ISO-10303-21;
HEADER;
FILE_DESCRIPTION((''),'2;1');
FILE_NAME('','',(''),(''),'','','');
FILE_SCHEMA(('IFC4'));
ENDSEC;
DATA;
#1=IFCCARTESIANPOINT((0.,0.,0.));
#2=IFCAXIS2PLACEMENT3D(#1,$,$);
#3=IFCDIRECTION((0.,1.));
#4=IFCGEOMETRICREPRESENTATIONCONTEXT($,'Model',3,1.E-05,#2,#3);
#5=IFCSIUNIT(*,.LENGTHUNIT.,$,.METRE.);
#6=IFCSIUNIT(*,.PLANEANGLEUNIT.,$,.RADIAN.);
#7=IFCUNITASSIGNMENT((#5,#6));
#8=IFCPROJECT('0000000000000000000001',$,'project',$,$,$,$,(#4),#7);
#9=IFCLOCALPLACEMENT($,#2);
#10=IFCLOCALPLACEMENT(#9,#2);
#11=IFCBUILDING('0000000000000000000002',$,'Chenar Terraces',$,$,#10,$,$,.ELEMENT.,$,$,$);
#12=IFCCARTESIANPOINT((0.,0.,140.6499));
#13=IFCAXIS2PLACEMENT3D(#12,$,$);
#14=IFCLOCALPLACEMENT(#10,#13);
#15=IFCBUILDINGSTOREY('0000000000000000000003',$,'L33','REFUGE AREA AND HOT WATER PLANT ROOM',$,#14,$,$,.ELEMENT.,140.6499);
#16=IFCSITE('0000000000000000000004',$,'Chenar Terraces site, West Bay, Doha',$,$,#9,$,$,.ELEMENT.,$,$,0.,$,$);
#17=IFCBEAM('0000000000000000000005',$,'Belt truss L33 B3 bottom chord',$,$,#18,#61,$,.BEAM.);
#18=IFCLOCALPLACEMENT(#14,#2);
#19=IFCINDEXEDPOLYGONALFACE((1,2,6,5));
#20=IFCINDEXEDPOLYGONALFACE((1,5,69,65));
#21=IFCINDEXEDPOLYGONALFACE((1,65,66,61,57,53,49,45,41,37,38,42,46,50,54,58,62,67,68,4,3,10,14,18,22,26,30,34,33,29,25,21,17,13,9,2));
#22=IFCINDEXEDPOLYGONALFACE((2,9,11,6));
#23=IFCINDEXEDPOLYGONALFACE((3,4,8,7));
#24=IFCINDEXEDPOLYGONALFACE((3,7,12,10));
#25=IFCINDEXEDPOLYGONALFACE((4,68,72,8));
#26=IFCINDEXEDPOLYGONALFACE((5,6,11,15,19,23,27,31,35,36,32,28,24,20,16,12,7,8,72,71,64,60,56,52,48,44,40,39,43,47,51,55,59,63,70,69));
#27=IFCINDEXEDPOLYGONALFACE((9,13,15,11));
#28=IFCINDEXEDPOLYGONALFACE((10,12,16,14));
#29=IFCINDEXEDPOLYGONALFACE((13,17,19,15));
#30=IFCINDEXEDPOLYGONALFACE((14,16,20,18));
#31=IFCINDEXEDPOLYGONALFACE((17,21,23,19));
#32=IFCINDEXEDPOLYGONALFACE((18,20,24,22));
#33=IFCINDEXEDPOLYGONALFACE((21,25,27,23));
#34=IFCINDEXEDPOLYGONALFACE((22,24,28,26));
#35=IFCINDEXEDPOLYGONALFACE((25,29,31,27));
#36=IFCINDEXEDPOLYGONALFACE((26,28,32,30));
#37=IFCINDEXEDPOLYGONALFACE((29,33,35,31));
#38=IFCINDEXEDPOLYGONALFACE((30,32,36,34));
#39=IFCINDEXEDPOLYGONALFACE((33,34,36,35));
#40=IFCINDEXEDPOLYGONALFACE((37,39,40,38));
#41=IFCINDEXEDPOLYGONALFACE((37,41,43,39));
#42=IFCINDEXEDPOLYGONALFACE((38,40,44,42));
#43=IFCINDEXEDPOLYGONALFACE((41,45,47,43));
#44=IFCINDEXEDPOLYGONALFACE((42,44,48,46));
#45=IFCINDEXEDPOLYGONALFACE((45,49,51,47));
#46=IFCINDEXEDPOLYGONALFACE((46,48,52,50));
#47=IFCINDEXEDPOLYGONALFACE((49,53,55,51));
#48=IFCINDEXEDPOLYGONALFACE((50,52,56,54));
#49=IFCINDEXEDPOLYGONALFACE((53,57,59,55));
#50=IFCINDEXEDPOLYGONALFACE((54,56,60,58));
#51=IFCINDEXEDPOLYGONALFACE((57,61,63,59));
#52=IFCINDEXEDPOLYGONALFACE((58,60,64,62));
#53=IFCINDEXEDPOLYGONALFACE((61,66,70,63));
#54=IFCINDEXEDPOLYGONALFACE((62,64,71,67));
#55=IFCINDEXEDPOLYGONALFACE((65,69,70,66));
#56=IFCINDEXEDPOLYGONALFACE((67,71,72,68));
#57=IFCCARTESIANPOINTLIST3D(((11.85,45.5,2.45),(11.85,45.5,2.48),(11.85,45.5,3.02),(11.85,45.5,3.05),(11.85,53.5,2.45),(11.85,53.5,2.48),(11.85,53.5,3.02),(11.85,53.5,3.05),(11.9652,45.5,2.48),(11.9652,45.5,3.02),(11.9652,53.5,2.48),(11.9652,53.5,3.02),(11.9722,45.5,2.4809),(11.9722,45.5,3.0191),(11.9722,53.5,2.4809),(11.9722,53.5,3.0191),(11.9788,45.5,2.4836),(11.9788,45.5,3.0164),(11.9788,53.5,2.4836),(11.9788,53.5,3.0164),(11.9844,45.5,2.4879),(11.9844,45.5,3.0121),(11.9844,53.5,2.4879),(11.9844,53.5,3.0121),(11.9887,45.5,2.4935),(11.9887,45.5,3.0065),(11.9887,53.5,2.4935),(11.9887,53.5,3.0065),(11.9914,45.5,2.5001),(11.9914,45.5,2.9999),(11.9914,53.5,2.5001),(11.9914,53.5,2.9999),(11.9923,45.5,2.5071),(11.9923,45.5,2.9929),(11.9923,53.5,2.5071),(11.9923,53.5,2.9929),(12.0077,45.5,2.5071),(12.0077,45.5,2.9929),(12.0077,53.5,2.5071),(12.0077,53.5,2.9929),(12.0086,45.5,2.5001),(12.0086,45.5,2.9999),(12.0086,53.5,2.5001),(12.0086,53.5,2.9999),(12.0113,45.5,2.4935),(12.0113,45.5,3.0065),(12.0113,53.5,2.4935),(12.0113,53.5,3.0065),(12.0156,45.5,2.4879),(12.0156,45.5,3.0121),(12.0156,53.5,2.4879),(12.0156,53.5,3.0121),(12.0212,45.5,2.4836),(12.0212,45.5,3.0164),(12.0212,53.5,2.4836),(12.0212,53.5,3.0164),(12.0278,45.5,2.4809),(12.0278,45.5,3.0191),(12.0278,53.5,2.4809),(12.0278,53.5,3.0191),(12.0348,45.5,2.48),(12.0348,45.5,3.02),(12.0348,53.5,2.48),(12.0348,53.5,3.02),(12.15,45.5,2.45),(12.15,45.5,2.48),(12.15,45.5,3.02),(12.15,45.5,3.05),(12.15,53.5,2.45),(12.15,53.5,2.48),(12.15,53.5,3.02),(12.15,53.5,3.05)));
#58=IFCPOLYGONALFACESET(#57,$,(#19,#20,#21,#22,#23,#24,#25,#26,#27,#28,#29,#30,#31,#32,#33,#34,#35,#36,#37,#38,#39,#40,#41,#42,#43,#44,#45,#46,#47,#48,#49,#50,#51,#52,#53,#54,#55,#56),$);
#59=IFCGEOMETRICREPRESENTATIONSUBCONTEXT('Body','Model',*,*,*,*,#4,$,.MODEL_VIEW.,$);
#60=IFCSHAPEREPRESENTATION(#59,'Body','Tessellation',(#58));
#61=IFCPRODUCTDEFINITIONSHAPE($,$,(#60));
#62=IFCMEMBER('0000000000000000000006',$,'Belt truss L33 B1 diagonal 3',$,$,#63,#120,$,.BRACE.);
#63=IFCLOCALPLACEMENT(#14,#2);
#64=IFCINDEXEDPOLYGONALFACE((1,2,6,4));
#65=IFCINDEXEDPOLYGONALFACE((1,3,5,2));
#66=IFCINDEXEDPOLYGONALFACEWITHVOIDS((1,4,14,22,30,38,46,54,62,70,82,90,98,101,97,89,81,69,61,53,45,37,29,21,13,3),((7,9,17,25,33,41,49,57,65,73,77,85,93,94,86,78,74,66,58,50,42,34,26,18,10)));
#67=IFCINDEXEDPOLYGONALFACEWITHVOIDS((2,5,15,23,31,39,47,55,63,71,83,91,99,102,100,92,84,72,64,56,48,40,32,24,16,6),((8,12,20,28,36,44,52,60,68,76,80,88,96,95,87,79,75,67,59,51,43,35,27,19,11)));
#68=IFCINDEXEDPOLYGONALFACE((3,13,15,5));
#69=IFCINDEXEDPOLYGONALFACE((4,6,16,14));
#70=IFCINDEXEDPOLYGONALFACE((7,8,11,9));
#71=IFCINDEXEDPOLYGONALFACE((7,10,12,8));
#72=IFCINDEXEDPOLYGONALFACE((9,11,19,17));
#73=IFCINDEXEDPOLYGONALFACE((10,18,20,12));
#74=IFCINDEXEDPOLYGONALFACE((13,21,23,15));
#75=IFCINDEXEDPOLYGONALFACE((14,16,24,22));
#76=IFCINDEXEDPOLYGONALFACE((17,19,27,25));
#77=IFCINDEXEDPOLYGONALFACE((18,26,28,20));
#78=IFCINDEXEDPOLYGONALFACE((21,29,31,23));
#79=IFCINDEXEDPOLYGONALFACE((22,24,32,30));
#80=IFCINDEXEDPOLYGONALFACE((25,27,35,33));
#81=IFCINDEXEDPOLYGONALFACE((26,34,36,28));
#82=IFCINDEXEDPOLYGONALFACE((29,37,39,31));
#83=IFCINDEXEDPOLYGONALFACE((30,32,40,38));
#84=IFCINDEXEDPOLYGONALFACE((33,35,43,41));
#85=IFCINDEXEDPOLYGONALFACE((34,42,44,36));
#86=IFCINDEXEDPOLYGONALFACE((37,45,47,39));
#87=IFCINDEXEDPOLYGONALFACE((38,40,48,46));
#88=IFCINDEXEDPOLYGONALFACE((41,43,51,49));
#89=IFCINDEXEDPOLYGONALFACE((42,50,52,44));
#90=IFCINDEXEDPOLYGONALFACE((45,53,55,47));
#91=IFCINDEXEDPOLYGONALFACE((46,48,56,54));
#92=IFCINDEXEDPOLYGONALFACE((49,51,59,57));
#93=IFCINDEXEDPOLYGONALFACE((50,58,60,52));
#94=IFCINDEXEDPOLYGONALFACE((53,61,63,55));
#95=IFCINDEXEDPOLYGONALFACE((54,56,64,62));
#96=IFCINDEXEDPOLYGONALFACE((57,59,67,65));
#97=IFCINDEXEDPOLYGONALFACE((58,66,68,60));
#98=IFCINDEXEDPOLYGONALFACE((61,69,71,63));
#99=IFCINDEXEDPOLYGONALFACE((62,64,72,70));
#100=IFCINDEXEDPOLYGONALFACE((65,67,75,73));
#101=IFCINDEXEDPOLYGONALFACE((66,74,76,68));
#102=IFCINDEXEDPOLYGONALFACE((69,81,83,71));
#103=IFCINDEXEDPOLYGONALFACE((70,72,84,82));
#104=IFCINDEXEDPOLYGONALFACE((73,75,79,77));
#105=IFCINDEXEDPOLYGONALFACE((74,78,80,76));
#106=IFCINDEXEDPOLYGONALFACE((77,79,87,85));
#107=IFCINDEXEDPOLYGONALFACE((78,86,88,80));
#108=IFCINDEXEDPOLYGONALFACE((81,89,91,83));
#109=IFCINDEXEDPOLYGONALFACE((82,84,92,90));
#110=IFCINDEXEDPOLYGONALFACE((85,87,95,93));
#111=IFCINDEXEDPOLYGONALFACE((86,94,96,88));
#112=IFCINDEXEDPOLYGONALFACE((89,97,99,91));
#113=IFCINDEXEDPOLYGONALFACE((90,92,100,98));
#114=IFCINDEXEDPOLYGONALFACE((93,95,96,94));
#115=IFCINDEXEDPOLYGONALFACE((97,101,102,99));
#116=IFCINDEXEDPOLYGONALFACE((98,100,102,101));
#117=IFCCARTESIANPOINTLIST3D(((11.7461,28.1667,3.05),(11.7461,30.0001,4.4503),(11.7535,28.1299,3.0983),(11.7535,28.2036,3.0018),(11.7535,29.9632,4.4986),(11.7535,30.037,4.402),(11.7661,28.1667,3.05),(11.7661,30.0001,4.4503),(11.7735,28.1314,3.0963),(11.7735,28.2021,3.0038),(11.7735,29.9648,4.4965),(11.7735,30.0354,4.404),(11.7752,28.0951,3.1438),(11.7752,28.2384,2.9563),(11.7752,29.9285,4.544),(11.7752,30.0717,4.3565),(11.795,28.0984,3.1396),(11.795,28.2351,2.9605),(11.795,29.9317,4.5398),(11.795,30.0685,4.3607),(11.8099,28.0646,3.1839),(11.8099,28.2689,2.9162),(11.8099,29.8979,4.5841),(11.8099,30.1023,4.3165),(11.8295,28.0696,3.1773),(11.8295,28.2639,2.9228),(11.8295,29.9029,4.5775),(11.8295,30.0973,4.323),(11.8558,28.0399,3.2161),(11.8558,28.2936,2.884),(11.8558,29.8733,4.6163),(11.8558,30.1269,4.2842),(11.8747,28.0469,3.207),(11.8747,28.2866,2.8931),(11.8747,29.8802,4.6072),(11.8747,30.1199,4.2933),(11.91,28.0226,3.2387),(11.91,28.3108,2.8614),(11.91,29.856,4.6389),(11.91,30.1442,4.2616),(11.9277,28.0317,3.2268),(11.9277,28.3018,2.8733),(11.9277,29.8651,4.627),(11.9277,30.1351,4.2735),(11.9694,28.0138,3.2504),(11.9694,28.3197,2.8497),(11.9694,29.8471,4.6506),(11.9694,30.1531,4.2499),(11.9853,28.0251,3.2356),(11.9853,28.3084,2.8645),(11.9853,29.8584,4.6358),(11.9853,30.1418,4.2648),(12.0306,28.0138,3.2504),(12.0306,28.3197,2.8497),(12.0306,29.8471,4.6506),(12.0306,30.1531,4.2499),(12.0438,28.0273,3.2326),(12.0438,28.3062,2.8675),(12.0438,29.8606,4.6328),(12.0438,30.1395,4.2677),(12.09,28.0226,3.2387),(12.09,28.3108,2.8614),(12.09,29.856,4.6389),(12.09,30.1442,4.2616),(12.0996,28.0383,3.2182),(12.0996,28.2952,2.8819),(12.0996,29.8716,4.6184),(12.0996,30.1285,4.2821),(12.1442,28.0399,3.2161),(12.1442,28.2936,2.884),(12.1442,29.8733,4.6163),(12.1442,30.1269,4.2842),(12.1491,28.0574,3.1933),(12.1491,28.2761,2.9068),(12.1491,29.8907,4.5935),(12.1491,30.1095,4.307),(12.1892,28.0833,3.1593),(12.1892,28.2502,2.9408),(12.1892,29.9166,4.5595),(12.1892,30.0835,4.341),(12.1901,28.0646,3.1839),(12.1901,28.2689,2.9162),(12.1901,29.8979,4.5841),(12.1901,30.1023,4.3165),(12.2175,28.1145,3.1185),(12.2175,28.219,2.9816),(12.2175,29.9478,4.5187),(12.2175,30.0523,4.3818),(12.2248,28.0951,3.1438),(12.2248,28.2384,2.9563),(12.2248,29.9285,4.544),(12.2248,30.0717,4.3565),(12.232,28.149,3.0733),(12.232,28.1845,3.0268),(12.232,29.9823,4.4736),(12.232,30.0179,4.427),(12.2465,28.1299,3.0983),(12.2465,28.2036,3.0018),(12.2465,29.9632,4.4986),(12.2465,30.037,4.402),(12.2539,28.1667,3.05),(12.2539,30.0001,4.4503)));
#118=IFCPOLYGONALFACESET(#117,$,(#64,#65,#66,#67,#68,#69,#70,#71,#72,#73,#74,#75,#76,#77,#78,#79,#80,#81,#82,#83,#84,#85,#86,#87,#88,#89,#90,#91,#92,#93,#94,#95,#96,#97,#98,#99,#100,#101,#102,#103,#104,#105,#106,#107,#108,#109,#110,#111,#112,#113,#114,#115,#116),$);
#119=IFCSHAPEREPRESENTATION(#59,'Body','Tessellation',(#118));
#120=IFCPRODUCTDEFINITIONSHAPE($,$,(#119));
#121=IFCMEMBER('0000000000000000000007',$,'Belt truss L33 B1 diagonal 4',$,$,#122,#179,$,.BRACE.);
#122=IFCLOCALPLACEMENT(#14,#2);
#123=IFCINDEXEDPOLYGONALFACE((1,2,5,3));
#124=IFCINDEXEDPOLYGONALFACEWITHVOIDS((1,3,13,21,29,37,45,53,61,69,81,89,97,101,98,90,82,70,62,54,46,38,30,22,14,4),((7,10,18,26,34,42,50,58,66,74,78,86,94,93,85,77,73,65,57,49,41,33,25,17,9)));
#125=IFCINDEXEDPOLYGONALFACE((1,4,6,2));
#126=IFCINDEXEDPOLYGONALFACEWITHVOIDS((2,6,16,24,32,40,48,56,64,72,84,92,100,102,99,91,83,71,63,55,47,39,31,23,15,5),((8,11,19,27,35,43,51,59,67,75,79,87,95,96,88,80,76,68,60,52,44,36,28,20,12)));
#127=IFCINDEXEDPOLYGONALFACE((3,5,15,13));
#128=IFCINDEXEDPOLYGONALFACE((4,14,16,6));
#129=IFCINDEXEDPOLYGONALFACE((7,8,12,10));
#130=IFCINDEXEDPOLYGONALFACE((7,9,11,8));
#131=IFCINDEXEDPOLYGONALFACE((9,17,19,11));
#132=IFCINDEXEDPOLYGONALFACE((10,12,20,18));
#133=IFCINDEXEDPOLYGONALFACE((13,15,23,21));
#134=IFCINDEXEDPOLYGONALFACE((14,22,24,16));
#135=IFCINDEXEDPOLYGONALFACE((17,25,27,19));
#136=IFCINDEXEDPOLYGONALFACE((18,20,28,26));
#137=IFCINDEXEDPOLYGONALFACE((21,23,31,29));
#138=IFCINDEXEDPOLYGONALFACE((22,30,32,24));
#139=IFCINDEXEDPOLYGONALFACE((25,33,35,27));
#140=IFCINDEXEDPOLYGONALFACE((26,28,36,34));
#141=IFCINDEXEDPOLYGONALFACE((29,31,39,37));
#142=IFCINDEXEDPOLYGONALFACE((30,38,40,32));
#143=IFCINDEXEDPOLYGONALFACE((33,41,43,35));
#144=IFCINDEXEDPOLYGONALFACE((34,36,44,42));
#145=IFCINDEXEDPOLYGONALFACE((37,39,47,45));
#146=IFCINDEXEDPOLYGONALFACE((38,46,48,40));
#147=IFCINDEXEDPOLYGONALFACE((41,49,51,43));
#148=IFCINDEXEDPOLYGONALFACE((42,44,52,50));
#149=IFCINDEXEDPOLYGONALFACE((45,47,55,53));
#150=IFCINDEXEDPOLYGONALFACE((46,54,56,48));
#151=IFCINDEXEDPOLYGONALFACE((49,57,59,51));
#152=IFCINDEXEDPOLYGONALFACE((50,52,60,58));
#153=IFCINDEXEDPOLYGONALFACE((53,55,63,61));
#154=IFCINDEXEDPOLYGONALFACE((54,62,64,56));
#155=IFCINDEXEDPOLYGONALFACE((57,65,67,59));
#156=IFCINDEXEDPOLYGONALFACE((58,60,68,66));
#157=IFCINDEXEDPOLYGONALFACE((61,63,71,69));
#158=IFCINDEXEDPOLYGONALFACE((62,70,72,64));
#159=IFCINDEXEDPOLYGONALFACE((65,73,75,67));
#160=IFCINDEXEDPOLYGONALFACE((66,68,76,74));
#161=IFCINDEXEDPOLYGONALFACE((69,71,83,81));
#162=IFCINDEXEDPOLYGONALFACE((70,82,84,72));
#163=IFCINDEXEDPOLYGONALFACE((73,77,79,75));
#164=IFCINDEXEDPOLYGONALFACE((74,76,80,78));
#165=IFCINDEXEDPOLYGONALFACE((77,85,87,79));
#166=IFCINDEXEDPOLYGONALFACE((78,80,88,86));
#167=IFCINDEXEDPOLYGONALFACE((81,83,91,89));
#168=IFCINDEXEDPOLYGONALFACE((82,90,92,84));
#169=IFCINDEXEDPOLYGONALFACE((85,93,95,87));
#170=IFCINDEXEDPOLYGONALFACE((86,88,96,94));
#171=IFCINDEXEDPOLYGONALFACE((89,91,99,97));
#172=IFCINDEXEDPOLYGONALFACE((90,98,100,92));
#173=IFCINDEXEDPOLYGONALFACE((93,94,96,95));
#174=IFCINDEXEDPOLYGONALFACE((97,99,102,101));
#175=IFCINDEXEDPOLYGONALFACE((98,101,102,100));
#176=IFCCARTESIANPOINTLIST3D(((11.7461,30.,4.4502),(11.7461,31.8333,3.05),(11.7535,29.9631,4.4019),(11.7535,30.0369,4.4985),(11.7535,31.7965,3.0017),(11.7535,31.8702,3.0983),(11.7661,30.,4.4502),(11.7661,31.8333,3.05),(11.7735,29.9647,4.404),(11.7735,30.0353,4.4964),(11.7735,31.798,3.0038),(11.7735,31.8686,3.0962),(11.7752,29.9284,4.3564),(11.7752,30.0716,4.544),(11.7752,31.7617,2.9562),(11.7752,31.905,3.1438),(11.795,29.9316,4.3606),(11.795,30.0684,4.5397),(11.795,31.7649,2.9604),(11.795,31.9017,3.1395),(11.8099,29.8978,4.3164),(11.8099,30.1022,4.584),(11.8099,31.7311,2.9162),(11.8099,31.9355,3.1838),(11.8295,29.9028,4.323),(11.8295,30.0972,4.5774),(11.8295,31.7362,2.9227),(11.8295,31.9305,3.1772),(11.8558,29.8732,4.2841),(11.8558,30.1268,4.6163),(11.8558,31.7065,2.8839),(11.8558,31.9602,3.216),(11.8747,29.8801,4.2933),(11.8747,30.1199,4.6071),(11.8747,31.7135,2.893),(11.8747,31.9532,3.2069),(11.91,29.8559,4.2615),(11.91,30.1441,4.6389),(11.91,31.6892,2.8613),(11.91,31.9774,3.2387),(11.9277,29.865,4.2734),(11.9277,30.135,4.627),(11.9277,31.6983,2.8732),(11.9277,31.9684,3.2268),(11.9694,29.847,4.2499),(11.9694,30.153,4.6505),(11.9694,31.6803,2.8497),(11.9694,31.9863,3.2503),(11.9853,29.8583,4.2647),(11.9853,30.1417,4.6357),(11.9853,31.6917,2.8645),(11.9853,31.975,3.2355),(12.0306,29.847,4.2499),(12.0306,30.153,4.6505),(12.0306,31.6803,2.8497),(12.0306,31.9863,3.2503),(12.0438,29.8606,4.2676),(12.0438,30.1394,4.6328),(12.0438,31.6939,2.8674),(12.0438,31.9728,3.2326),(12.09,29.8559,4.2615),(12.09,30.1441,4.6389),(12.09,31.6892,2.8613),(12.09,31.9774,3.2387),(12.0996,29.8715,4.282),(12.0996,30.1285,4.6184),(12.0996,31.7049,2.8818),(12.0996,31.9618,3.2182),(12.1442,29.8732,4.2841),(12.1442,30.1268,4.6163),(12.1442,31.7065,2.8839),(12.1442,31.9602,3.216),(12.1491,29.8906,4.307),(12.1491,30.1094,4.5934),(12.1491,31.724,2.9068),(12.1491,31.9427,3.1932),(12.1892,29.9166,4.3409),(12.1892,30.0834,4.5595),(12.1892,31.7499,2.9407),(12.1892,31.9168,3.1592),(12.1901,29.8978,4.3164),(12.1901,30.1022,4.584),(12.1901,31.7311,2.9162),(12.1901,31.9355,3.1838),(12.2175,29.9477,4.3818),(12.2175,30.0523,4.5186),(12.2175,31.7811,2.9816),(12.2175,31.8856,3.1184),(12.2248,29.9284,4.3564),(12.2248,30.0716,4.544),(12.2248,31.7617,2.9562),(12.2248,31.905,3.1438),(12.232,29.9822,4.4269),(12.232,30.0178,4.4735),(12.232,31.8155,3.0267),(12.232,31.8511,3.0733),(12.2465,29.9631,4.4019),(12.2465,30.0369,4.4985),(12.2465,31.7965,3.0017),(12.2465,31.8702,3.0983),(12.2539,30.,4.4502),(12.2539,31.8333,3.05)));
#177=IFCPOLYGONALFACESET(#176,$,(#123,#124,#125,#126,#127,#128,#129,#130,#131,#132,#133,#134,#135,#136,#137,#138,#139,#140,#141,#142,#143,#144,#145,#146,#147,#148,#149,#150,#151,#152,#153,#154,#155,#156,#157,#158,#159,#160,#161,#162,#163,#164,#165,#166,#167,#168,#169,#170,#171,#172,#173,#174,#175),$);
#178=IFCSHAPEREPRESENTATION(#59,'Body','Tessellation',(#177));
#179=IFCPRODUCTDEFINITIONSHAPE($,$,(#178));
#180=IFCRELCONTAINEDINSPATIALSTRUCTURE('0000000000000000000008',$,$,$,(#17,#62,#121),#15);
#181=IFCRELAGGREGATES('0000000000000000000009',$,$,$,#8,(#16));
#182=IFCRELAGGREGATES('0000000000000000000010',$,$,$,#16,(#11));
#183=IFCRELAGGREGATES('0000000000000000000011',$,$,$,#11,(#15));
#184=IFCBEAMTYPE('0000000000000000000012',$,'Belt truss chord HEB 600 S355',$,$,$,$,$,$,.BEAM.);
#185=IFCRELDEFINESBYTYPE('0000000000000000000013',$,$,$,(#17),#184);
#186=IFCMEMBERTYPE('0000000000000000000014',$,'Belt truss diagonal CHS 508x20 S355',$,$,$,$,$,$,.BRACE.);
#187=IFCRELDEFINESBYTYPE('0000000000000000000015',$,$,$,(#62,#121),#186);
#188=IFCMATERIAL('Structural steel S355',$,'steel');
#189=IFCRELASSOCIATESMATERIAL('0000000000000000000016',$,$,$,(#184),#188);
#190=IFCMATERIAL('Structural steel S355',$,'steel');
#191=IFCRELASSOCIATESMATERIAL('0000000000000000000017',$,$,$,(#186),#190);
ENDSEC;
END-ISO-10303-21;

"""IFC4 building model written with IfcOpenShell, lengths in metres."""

from ifc_helpers import new_model, si_unit, direction, frame, origin, origin_2d, place, context, subcontext, project, spatial, hollow_circle, i_section, extrude, material, material_profile, profile_set, type_object, element, save


model = new_model("IFC4")

# Units and contexts
model_context = context("Model", 3, precision=1e-05, world=origin(), true_north=direction((0.0, 1.0)))
body_context = subcontext(model_context, "Body", "Model", "MODEL_VIEW")
ifc_project = project(units=[si_unit("LENGTHUNIT", "METRE"), si_unit("PLANEANGLEUNIT", "RADIAN")], contexts=[model_context])

# Site, building, storey
site_placement = place(None, origin())
site = spatial("IfcSite", under=ifc_project, at=site_placement, Name="Chenar Terraces site, West Bay, Doha", CompositionType="ELEMENT", RefElevation=0.0)
building_placement = place(site_placement, origin())
building = spatial("IfcBuilding", under=site, at=building_placement, Name="Chenar Terraces", CompositionType="ELEMENT")
storey_placement = place(building_placement, frame((0.0, 0.0, 140.6499)))
storey = spatial("IfcBuildingStorey", under=building, at=storey_placement, Name="L33", Description="REFUGE AREA AND HOT WATER PLANT ROOM", CompositionType="ELEMENT", Elevation=140.6499)

# Beam
ifc_material_1 = material(Name="Structural steel S355", Category="steel")
ifc_material_profile_1 = material_profile(ifc_material_1, i_section(OverallWidth=0.3, OverallDepth=0.6001, WebThickness=0.0154, FlangeThickness=0.03, FilletRadius=0.0271, at=origin_2d()), Name="HEB 600")
ifc_profile_set_1 = profile_set([ifc_material_profile_1], Name="Structural steel S355")
beam_type = type_object("IfcBeamType", Name="Belt truss chord HEB 600 S355", PredefinedType="BEAM", material=ifc_profile_set_1)
for number, where, z_axis, x_axis, name in (
    (1, (12.0, 45.5, 2.75), (0.0, 1.0, 0.0), (-1.0, 0.0, 0.0), "Belt truss L33 B3 bottom chord"),
):
    element("IfcBeam", number, at=place(storey_placement, frame(where, z_axis=z_axis, x_axis=x_axis)), inside=storey, type_object=beam_type, Name=name, PredefinedType="BEAM", context=body_context, shape_type="SweptSolid", body=[
        extrude(i_section(OverallWidth=0.3, OverallDepth=0.6001, WebThickness=0.0154, FlangeThickness=0.03, FilletRadius=0.0271, at=origin_2d()), origin(), (0.0, 0.0, 1.0), 8.0),
    ])

# Members
ifc_material_2 = material(Name="Structural steel S355", Category="steel")
ifc_material_profile_2 = material_profile(ifc_material_2, hollow_circle(Radius=0.2539, WallThickness=0.02, at=origin_2d()), Name="CHS 508x20")
ifc_profile_set_2 = profile_set([ifc_material_profile_2], Name="Structural steel S355")
member_type = type_object("IfcMemberType", Name="Belt truss diagonal CHS 508x20 S355", PredefinedType="BRACE", material=ifc_profile_set_2)
for number, where, z_axis, x_axis, name in (
    (2, (12.0, 28.1667, 3.05), (0.0, 0.794724, 0.606971), (-1.0, 0.0, 0.0), "Belt truss L33 B1 diagonal 3"),
    (3, (12.0, 30.0, 4.4502), (0.0, 0.794724, -0.606971), (-1.0, 0.0, 0.0), "Belt truss L33 B1 diagonal 4"),
):
    element("IfcMember", number, at=place(storey_placement, frame(where, z_axis=z_axis, x_axis=x_axis)), inside=storey, type_object=member_type, Name=name, PredefinedType="BRACE", context=body_context, shape_type="SweptSolid", body=[
        extrude(hollow_circle(Radius=0.2539, WallThickness=0.02, at=origin_2d()), origin(), (0.0, 0.0, 1.0), 2.3069),
    ])

save(model, "model.ifc")
